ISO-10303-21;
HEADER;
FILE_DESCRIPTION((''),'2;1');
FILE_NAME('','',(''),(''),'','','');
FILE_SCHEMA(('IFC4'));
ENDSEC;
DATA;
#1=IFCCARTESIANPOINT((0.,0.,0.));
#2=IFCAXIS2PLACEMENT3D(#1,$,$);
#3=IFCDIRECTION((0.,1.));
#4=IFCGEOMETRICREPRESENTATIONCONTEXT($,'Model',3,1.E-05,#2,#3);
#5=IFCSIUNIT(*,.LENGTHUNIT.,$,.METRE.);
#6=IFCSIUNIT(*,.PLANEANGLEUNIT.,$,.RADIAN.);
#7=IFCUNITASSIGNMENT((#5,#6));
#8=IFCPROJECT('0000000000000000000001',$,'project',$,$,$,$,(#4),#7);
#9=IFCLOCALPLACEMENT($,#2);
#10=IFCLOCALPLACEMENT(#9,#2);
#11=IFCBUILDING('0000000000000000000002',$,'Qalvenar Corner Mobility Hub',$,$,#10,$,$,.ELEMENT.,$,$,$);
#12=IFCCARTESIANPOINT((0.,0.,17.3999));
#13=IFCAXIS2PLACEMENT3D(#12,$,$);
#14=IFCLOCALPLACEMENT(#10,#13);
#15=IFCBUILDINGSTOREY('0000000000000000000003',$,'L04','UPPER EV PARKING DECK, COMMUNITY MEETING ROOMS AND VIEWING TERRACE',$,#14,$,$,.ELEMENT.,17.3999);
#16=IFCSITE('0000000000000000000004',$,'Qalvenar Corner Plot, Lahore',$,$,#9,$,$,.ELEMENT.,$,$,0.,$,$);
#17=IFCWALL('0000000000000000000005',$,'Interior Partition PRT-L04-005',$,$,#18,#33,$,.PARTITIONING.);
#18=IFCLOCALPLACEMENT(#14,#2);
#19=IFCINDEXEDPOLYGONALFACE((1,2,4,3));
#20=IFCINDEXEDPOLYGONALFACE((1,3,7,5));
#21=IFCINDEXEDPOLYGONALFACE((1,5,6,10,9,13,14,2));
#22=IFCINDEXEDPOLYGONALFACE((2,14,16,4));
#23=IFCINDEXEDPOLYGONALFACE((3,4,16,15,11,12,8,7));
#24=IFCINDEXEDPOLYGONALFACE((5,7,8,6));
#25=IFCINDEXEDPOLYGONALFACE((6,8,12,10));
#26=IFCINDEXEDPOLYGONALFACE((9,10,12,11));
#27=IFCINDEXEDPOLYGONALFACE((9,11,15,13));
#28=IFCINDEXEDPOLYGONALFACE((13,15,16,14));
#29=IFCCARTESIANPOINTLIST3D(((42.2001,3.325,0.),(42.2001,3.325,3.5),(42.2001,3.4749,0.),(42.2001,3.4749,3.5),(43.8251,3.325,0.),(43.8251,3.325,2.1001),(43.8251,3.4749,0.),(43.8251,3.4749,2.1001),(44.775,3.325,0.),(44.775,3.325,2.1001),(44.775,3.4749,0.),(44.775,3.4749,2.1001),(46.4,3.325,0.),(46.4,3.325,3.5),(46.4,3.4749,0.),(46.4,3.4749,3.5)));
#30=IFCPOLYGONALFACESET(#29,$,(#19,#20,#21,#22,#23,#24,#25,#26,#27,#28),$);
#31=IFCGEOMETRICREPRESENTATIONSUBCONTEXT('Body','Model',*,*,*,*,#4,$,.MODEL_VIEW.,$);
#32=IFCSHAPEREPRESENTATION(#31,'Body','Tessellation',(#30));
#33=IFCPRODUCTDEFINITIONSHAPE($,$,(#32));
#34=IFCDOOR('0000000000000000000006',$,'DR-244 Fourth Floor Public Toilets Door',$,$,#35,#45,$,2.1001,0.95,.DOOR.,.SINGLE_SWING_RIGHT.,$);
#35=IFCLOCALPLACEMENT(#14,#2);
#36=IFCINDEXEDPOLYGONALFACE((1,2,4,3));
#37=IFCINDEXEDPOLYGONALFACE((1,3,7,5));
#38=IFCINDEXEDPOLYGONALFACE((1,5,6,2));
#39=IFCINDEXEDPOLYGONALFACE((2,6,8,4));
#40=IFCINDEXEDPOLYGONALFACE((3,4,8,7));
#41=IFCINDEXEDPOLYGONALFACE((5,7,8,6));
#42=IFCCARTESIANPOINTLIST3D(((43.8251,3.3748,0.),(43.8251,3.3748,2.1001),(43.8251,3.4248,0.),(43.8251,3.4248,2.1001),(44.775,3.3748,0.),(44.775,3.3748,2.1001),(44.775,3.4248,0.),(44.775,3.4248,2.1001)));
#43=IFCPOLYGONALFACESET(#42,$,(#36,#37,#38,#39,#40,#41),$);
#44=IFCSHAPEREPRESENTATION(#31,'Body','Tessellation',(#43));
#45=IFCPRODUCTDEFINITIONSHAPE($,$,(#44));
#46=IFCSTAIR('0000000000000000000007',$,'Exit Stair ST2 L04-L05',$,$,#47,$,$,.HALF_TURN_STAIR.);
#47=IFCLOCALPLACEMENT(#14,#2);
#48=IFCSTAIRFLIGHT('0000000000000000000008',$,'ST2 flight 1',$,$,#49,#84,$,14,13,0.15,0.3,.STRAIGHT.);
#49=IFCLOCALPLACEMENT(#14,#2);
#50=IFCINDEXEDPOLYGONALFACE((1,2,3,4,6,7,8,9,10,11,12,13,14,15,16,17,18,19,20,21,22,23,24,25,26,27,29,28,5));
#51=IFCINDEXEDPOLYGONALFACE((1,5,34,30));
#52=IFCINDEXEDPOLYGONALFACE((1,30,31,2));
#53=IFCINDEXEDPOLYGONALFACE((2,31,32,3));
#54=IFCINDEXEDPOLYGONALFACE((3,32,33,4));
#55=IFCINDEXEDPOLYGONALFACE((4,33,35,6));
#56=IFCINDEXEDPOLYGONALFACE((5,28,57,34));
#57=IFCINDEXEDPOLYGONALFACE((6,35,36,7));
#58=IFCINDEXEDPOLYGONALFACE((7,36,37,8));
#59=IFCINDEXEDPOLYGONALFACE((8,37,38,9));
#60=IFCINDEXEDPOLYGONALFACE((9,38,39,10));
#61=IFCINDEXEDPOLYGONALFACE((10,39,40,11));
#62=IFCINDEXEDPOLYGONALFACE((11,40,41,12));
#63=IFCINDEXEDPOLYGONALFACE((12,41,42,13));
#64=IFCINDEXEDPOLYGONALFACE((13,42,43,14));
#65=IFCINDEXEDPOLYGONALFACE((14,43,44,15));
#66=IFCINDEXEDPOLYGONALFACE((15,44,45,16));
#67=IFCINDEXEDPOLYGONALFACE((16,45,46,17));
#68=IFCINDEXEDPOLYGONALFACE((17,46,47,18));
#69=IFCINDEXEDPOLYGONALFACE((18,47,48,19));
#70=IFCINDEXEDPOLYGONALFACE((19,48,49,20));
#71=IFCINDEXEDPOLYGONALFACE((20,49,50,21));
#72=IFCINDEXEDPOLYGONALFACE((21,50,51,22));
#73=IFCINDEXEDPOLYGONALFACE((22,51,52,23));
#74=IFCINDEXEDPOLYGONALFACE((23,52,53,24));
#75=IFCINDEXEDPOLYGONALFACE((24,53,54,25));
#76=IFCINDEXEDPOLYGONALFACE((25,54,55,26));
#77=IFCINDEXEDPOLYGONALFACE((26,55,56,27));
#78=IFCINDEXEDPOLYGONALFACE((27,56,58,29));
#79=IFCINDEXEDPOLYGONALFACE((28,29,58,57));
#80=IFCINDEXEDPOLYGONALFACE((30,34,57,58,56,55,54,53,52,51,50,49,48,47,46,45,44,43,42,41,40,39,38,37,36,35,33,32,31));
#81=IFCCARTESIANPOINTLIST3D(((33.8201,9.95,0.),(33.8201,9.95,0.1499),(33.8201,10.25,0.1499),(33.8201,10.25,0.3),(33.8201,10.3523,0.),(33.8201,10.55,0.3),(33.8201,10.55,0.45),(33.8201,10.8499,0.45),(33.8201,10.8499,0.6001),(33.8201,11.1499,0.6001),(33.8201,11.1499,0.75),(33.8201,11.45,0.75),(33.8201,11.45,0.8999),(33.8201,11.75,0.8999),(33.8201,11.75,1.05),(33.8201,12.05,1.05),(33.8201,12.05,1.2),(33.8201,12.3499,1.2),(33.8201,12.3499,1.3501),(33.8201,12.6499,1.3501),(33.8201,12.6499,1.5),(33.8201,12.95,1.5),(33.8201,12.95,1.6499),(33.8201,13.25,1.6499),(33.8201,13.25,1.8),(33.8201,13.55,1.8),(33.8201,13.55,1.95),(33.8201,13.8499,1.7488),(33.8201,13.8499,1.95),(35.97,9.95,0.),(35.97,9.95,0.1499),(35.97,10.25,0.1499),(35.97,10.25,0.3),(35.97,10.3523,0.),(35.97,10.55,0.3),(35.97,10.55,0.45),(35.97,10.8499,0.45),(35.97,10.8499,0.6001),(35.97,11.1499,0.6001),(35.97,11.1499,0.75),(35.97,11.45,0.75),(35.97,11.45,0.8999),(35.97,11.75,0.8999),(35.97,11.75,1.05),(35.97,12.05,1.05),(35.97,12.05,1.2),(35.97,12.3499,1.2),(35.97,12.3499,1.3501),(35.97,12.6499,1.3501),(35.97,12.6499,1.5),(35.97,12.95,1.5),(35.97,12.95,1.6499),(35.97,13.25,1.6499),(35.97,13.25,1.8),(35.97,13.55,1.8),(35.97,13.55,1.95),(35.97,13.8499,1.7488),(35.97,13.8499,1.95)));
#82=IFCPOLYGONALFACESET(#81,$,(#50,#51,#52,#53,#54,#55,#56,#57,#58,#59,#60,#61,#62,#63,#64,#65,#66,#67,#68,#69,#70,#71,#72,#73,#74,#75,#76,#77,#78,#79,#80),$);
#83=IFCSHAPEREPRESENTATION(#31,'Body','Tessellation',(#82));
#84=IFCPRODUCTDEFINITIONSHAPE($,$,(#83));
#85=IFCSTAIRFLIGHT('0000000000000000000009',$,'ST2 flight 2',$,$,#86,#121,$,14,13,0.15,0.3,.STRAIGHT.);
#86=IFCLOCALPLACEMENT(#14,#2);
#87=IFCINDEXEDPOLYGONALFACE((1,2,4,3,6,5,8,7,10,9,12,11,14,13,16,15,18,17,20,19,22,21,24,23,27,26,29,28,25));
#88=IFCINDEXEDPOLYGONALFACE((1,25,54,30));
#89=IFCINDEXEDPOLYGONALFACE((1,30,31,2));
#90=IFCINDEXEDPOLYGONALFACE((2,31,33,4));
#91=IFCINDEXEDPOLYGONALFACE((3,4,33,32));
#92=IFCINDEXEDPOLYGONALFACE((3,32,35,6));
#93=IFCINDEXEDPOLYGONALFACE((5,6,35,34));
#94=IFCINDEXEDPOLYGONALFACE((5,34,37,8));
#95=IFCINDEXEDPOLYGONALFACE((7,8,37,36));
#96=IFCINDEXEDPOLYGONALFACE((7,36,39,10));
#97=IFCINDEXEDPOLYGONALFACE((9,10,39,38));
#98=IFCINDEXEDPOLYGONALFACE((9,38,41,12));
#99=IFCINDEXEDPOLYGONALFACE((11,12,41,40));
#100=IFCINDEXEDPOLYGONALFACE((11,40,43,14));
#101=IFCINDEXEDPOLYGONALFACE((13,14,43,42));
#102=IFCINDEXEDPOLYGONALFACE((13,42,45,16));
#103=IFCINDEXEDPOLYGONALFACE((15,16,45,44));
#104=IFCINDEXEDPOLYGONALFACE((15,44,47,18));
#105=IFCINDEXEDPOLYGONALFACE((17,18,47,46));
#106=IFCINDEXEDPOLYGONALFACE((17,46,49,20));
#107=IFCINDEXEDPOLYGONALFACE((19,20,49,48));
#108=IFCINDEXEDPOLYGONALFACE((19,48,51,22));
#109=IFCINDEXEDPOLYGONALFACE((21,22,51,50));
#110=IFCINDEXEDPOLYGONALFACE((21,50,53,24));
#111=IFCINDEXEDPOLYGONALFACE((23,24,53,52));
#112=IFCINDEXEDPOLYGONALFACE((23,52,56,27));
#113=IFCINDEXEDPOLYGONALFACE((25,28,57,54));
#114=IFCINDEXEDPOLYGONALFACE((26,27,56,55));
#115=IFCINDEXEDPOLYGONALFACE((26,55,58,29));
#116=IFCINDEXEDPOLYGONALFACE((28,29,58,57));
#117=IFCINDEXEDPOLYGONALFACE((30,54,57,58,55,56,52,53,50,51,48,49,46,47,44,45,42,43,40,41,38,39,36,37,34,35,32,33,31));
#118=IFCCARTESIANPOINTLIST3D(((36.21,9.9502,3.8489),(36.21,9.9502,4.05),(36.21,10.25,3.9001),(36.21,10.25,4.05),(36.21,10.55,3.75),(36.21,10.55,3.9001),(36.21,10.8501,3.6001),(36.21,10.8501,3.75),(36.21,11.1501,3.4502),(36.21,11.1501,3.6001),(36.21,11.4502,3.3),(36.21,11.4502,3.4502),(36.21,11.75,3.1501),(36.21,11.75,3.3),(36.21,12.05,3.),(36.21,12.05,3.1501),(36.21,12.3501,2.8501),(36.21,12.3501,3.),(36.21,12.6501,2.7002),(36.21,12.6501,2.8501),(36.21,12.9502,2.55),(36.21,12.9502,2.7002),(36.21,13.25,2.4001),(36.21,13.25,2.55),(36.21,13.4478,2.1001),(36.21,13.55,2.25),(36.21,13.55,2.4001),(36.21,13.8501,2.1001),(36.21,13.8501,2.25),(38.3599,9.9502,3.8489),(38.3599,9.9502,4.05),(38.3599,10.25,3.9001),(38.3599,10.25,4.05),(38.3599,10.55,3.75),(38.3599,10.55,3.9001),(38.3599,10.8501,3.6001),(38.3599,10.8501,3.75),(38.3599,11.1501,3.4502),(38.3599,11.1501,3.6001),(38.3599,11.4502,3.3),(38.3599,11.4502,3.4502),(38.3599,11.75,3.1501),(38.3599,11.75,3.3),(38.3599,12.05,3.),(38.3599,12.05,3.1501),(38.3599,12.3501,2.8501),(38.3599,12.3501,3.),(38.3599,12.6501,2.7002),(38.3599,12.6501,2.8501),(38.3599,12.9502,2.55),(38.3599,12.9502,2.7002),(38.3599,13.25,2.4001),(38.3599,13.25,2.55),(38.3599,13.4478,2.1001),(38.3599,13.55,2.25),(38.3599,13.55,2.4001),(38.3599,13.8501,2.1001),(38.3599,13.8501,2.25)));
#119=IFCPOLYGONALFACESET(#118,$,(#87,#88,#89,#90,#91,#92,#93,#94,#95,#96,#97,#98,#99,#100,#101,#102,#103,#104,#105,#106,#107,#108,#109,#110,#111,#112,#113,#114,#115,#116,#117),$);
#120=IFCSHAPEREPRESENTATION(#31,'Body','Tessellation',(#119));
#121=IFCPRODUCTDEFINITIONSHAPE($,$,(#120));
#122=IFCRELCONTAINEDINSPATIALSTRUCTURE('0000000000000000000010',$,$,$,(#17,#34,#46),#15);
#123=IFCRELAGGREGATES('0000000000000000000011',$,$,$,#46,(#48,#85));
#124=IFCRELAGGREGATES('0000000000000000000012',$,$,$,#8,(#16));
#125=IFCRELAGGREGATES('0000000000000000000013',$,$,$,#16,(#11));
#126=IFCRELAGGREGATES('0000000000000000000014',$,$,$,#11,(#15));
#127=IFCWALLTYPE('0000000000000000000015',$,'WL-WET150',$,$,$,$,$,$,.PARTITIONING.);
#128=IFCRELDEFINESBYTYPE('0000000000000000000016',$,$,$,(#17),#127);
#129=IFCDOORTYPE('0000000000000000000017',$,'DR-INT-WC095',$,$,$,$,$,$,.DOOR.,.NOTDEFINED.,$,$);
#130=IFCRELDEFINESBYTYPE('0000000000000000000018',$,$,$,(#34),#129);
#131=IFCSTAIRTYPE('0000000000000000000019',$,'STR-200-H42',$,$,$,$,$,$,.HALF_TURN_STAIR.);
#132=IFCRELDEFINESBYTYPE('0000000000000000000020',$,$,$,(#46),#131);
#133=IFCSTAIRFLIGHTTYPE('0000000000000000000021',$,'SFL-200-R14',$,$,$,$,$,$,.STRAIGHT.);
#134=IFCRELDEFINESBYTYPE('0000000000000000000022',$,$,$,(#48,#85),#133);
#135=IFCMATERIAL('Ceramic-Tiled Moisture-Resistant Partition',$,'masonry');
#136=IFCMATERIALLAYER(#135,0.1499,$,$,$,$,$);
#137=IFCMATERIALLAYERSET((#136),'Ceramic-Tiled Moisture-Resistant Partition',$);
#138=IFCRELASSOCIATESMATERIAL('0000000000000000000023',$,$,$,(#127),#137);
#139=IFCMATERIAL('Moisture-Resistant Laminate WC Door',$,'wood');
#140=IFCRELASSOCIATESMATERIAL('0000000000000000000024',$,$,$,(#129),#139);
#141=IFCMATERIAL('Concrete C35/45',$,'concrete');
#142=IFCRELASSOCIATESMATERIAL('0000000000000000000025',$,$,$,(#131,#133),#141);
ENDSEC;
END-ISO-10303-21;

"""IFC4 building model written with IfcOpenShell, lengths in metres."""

from ifc_helpers import new_model, si_unit, direction, frame, frame_2d, origin, place, context, subcontext, project, spatial, polyline, rectangle, outline, extrude, material, layer, layer_set, type_object, element, fill, aggregate, save


model = new_model("IFC4")

# Units and contexts
model_context = context("Model", 3, precision=1e-05, world=origin(), true_north=direction((0.0, 1.0)))
body_context = subcontext(model_context, "Body", "Model", "MODEL_VIEW")
ifc_project = project(units=[si_unit("LENGTHUNIT", "METRE"), si_unit("PLANEANGLEUNIT", "RADIAN")], contexts=[model_context])

# Site, building, storey
site_placement = place(None, origin())
site = spatial("IfcSite", under=ifc_project, at=site_placement, Name="Qalvenar Corner Plot, Lahore", CompositionType="ELEMENT", RefElevation=0.0)
building_placement = place(site_placement, origin())
building = spatial("IfcBuilding", under=site, at=building_placement, Name="Qalvenar Corner Mobility Hub", CompositionType="ELEMENT")
storey_placement = place(building_placement, frame((0.0, 0.0, 17.3999)))
storey = spatial("IfcBuildingStorey", under=building, at=storey_placement, Name="L04", Description="UPPER EV PARKING DECK, COMMUNITY MEETING ROOMS AND VIEWING TERRACE", CompositionType="ELEMENT", Elevation=17.3999)

# Wall, opening, door
ifc_material_1 = material(Name="Ceramic-Tiled Moisture-Resistant Partition", Category="masonry")
ifc_layer_1 = layer(ifc_material_1, 0.1499)
ifc_layer_set_1 = layer_set([ifc_layer_1], Name="Ceramic-Tiled Moisture-Resistant Partition")
wall_type_1 = type_object("IfcWallType", Name="WL-WET150", PredefinedType="PARTITIONING", material=ifc_layer_set_1)
wall_1_placement = place(storey_placement, frame((42.2, 3.3999, 0.0), z_axis=(0.0, 0.0, 1.0), x_axis=(1.0, 0.0, 0.0)))
wall_1 = element("IfcWall", 1, at=wall_1_placement, inside=storey, type_object=wall_type_1, Name="Interior Partition PRT-L04-005", PredefinedType="PARTITIONING", context=body_context, shape_type="SweptSolid", body=[
    extrude(rectangle(XDim=4.2, YDim=0.1499, at=frame_2d((2.1001, 0.0))), origin(), (0.0, 0.0, 1.0), 3.5),
])
opening_1_placement = place(wall_1_placement, frame((1.625, 0.0, 0.0)))
opening_1 = element("IfcOpeningElement", 2, at=opening_1_placement, cuts=wall_1, PredefinedType="OPENING", context=body_context, shape_type="SweptSolid", body=[
    extrude(rectangle(XDim=0.95, YDim=2.1001, at=frame_2d((0.4751, 1.05))), frame((0.0, 0.085, 0.0), z_axis=(0.0, -1.0, 0.0), x_axis=(1.0, 0.0, 0.0)), (0.0, 0.0, 1.0), 0.1699),
])
ifc_material_2 = material(Name="Moisture-Resistant Laminate WC Door", Category="wood")
door_type_1 = type_object("IfcDoorType", Name="DR-INT-WC095", OperationType="NOTDEFINED", PredefinedType="DOOR", material=ifc_material_2)
door_1_placement = place(opening_1_placement, origin())
door_1 = element("IfcDoor", 3, at=door_1_placement, inside=storey, type_object=door_type_1, Name="DR-244 Fourth Floor Public Toilets Door", OperationType="SINGLE_SWING_RIGHT", OverallHeight=2.1001, OverallWidth=0.95, PredefinedType="DOOR", context=body_context, shape_type="SweptSolid", body=[
    extrude(rectangle(XDim=0.95, YDim=2.1001, at=frame_2d((0.4751, 1.05))), frame((0.0, 0.0249, 0.0), z_axis=(0.0, -1.0, 0.0), x_axis=(1.0, 0.0, 0.0)), (0.0, 0.0, 1.0), 0.05),
])
fill(opening_1, door_1)

# Stair, stair flights
ifc_material_3 = material(Name="Concrete C35/45", Category="concrete")
stair_type = type_object("IfcStairType", Name="STR-200-H42", PredefinedType="HALF_TURN_STAIR", material=ifc_material_3)
stair_placement = place(storey_placement, origin())
stair = element("IfcStair", 4, at=stair_placement, inside=storey, type_object=stair_type, Name="Exit Stair ST2 L04-L05", PredefinedType="HALF_TURN_STAIR")
stair_flight_type = type_object("IfcStairFlightType", Name="SFL-200-R14", PredefinedType="STRAIGHT", material=ifc_material_3)
stair_flight_1_placement = place(storey_placement, frame((34.895, 9.95, 0.0), z_axis=(0.0, 0.0, 1.0), x_axis=(0.0, 1.0, 0.0)))
stair_flight_1 = element("IfcStairFlight", 5, at=stair_flight_1_placement, type_object=stair_flight_type, Name="ST2 flight 1", NumberOfRisers=14, NumberOfTreads=13, PredefinedType="STRAIGHT", RiserHeight=0.15, TreadLength=0.3, context=body_context, shape_type="SweptSolid", body=[
    extrude(outline(polyline([(0.0, 0.0), (0.0, 0.1499), (0.3, 0.1499), (0.3, 0.3), (0.6001, 0.3), (0.6001, 0.45), (0.8999, 0.45), (0.8999, 0.6001), (1.2, 0.6001), (1.2, 0.75), (1.5, 0.75), (1.5, 0.8999), (1.8, 0.8999), (1.8, 1.05), (2.1001, 1.05), (2.1001, 1.2), (2.3999, 1.2), (2.3999, 1.3501), (2.7, 1.3501), (2.7, 1.5), (3.0, 1.5), (3.0, 1.6499), (3.3, 1.6499), (3.3, 1.8), (3.6001, 1.8), (3.6001, 1.95), (3.8999, 1.95), (3.8999, 2.1001), (3.8999, 1.7488), (0.4023, 0.0), (0.0, 0.0)])), frame((0.0, 1.075, 0.0), z_axis=(0.0, -1.0, 0.0), x_axis=(1.0, 0.0, 0.0)), (0.0, 0.0, 1.0), 2.1499),
])
stair_flight_2_placement = place(storey_placement, frame((37.2849, 13.8501, 2.1001), z_axis=(0.0, 0.0, 1.0), x_axis=(0.0, -1.0, 0.0)))
stair_flight_2 = element("IfcStairFlight", 6, at=stair_flight_2_placement, type_object=stair_flight_type, Name="ST2 flight 2", NumberOfRisers=14, NumberOfTreads=13, PredefinedType="STRAIGHT", RiserHeight=0.15, TreadLength=0.3, context=body_context, shape_type="SweptSolid", body=[
    extrude(outline(polyline([(0.0, 0.0), (0.0, 0.1499), (0.3, 0.1499), (0.3, 0.3), (0.6001, 0.3), (0.6001, 0.45), (0.8999, 0.45), (0.8999, 0.6001), (1.2, 0.6001), (1.2, 0.75), (1.5, 0.75), (1.5, 0.8999), (1.8, 0.8999), (1.8, 1.05), (2.1001, 1.05), (2.1001, 1.2), (2.3999, 1.2), (2.3999, 1.3501), (2.7, 1.3501), (2.7, 1.5), (3.0, 1.5), (3.0, 1.6499), (3.3, 1.6499), (3.3, 1.8), (3.6001, 1.8), (3.6001, 1.95), (3.8999, 1.95), (3.8999, 2.1001), (3.8999, 1.7488), (0.4023, 0.0), (0.0, 0.0)])), frame((0.0, 1.075, 0.0), z_axis=(0.0, -1.0, 0.0), x_axis=(1.0, 0.0, 0.0)), (0.0, 0.0, 1.0), 2.1499),
])
aggregate(stair, [stair_flight_1, stair_flight_2])

save(model, "model.ifc")
